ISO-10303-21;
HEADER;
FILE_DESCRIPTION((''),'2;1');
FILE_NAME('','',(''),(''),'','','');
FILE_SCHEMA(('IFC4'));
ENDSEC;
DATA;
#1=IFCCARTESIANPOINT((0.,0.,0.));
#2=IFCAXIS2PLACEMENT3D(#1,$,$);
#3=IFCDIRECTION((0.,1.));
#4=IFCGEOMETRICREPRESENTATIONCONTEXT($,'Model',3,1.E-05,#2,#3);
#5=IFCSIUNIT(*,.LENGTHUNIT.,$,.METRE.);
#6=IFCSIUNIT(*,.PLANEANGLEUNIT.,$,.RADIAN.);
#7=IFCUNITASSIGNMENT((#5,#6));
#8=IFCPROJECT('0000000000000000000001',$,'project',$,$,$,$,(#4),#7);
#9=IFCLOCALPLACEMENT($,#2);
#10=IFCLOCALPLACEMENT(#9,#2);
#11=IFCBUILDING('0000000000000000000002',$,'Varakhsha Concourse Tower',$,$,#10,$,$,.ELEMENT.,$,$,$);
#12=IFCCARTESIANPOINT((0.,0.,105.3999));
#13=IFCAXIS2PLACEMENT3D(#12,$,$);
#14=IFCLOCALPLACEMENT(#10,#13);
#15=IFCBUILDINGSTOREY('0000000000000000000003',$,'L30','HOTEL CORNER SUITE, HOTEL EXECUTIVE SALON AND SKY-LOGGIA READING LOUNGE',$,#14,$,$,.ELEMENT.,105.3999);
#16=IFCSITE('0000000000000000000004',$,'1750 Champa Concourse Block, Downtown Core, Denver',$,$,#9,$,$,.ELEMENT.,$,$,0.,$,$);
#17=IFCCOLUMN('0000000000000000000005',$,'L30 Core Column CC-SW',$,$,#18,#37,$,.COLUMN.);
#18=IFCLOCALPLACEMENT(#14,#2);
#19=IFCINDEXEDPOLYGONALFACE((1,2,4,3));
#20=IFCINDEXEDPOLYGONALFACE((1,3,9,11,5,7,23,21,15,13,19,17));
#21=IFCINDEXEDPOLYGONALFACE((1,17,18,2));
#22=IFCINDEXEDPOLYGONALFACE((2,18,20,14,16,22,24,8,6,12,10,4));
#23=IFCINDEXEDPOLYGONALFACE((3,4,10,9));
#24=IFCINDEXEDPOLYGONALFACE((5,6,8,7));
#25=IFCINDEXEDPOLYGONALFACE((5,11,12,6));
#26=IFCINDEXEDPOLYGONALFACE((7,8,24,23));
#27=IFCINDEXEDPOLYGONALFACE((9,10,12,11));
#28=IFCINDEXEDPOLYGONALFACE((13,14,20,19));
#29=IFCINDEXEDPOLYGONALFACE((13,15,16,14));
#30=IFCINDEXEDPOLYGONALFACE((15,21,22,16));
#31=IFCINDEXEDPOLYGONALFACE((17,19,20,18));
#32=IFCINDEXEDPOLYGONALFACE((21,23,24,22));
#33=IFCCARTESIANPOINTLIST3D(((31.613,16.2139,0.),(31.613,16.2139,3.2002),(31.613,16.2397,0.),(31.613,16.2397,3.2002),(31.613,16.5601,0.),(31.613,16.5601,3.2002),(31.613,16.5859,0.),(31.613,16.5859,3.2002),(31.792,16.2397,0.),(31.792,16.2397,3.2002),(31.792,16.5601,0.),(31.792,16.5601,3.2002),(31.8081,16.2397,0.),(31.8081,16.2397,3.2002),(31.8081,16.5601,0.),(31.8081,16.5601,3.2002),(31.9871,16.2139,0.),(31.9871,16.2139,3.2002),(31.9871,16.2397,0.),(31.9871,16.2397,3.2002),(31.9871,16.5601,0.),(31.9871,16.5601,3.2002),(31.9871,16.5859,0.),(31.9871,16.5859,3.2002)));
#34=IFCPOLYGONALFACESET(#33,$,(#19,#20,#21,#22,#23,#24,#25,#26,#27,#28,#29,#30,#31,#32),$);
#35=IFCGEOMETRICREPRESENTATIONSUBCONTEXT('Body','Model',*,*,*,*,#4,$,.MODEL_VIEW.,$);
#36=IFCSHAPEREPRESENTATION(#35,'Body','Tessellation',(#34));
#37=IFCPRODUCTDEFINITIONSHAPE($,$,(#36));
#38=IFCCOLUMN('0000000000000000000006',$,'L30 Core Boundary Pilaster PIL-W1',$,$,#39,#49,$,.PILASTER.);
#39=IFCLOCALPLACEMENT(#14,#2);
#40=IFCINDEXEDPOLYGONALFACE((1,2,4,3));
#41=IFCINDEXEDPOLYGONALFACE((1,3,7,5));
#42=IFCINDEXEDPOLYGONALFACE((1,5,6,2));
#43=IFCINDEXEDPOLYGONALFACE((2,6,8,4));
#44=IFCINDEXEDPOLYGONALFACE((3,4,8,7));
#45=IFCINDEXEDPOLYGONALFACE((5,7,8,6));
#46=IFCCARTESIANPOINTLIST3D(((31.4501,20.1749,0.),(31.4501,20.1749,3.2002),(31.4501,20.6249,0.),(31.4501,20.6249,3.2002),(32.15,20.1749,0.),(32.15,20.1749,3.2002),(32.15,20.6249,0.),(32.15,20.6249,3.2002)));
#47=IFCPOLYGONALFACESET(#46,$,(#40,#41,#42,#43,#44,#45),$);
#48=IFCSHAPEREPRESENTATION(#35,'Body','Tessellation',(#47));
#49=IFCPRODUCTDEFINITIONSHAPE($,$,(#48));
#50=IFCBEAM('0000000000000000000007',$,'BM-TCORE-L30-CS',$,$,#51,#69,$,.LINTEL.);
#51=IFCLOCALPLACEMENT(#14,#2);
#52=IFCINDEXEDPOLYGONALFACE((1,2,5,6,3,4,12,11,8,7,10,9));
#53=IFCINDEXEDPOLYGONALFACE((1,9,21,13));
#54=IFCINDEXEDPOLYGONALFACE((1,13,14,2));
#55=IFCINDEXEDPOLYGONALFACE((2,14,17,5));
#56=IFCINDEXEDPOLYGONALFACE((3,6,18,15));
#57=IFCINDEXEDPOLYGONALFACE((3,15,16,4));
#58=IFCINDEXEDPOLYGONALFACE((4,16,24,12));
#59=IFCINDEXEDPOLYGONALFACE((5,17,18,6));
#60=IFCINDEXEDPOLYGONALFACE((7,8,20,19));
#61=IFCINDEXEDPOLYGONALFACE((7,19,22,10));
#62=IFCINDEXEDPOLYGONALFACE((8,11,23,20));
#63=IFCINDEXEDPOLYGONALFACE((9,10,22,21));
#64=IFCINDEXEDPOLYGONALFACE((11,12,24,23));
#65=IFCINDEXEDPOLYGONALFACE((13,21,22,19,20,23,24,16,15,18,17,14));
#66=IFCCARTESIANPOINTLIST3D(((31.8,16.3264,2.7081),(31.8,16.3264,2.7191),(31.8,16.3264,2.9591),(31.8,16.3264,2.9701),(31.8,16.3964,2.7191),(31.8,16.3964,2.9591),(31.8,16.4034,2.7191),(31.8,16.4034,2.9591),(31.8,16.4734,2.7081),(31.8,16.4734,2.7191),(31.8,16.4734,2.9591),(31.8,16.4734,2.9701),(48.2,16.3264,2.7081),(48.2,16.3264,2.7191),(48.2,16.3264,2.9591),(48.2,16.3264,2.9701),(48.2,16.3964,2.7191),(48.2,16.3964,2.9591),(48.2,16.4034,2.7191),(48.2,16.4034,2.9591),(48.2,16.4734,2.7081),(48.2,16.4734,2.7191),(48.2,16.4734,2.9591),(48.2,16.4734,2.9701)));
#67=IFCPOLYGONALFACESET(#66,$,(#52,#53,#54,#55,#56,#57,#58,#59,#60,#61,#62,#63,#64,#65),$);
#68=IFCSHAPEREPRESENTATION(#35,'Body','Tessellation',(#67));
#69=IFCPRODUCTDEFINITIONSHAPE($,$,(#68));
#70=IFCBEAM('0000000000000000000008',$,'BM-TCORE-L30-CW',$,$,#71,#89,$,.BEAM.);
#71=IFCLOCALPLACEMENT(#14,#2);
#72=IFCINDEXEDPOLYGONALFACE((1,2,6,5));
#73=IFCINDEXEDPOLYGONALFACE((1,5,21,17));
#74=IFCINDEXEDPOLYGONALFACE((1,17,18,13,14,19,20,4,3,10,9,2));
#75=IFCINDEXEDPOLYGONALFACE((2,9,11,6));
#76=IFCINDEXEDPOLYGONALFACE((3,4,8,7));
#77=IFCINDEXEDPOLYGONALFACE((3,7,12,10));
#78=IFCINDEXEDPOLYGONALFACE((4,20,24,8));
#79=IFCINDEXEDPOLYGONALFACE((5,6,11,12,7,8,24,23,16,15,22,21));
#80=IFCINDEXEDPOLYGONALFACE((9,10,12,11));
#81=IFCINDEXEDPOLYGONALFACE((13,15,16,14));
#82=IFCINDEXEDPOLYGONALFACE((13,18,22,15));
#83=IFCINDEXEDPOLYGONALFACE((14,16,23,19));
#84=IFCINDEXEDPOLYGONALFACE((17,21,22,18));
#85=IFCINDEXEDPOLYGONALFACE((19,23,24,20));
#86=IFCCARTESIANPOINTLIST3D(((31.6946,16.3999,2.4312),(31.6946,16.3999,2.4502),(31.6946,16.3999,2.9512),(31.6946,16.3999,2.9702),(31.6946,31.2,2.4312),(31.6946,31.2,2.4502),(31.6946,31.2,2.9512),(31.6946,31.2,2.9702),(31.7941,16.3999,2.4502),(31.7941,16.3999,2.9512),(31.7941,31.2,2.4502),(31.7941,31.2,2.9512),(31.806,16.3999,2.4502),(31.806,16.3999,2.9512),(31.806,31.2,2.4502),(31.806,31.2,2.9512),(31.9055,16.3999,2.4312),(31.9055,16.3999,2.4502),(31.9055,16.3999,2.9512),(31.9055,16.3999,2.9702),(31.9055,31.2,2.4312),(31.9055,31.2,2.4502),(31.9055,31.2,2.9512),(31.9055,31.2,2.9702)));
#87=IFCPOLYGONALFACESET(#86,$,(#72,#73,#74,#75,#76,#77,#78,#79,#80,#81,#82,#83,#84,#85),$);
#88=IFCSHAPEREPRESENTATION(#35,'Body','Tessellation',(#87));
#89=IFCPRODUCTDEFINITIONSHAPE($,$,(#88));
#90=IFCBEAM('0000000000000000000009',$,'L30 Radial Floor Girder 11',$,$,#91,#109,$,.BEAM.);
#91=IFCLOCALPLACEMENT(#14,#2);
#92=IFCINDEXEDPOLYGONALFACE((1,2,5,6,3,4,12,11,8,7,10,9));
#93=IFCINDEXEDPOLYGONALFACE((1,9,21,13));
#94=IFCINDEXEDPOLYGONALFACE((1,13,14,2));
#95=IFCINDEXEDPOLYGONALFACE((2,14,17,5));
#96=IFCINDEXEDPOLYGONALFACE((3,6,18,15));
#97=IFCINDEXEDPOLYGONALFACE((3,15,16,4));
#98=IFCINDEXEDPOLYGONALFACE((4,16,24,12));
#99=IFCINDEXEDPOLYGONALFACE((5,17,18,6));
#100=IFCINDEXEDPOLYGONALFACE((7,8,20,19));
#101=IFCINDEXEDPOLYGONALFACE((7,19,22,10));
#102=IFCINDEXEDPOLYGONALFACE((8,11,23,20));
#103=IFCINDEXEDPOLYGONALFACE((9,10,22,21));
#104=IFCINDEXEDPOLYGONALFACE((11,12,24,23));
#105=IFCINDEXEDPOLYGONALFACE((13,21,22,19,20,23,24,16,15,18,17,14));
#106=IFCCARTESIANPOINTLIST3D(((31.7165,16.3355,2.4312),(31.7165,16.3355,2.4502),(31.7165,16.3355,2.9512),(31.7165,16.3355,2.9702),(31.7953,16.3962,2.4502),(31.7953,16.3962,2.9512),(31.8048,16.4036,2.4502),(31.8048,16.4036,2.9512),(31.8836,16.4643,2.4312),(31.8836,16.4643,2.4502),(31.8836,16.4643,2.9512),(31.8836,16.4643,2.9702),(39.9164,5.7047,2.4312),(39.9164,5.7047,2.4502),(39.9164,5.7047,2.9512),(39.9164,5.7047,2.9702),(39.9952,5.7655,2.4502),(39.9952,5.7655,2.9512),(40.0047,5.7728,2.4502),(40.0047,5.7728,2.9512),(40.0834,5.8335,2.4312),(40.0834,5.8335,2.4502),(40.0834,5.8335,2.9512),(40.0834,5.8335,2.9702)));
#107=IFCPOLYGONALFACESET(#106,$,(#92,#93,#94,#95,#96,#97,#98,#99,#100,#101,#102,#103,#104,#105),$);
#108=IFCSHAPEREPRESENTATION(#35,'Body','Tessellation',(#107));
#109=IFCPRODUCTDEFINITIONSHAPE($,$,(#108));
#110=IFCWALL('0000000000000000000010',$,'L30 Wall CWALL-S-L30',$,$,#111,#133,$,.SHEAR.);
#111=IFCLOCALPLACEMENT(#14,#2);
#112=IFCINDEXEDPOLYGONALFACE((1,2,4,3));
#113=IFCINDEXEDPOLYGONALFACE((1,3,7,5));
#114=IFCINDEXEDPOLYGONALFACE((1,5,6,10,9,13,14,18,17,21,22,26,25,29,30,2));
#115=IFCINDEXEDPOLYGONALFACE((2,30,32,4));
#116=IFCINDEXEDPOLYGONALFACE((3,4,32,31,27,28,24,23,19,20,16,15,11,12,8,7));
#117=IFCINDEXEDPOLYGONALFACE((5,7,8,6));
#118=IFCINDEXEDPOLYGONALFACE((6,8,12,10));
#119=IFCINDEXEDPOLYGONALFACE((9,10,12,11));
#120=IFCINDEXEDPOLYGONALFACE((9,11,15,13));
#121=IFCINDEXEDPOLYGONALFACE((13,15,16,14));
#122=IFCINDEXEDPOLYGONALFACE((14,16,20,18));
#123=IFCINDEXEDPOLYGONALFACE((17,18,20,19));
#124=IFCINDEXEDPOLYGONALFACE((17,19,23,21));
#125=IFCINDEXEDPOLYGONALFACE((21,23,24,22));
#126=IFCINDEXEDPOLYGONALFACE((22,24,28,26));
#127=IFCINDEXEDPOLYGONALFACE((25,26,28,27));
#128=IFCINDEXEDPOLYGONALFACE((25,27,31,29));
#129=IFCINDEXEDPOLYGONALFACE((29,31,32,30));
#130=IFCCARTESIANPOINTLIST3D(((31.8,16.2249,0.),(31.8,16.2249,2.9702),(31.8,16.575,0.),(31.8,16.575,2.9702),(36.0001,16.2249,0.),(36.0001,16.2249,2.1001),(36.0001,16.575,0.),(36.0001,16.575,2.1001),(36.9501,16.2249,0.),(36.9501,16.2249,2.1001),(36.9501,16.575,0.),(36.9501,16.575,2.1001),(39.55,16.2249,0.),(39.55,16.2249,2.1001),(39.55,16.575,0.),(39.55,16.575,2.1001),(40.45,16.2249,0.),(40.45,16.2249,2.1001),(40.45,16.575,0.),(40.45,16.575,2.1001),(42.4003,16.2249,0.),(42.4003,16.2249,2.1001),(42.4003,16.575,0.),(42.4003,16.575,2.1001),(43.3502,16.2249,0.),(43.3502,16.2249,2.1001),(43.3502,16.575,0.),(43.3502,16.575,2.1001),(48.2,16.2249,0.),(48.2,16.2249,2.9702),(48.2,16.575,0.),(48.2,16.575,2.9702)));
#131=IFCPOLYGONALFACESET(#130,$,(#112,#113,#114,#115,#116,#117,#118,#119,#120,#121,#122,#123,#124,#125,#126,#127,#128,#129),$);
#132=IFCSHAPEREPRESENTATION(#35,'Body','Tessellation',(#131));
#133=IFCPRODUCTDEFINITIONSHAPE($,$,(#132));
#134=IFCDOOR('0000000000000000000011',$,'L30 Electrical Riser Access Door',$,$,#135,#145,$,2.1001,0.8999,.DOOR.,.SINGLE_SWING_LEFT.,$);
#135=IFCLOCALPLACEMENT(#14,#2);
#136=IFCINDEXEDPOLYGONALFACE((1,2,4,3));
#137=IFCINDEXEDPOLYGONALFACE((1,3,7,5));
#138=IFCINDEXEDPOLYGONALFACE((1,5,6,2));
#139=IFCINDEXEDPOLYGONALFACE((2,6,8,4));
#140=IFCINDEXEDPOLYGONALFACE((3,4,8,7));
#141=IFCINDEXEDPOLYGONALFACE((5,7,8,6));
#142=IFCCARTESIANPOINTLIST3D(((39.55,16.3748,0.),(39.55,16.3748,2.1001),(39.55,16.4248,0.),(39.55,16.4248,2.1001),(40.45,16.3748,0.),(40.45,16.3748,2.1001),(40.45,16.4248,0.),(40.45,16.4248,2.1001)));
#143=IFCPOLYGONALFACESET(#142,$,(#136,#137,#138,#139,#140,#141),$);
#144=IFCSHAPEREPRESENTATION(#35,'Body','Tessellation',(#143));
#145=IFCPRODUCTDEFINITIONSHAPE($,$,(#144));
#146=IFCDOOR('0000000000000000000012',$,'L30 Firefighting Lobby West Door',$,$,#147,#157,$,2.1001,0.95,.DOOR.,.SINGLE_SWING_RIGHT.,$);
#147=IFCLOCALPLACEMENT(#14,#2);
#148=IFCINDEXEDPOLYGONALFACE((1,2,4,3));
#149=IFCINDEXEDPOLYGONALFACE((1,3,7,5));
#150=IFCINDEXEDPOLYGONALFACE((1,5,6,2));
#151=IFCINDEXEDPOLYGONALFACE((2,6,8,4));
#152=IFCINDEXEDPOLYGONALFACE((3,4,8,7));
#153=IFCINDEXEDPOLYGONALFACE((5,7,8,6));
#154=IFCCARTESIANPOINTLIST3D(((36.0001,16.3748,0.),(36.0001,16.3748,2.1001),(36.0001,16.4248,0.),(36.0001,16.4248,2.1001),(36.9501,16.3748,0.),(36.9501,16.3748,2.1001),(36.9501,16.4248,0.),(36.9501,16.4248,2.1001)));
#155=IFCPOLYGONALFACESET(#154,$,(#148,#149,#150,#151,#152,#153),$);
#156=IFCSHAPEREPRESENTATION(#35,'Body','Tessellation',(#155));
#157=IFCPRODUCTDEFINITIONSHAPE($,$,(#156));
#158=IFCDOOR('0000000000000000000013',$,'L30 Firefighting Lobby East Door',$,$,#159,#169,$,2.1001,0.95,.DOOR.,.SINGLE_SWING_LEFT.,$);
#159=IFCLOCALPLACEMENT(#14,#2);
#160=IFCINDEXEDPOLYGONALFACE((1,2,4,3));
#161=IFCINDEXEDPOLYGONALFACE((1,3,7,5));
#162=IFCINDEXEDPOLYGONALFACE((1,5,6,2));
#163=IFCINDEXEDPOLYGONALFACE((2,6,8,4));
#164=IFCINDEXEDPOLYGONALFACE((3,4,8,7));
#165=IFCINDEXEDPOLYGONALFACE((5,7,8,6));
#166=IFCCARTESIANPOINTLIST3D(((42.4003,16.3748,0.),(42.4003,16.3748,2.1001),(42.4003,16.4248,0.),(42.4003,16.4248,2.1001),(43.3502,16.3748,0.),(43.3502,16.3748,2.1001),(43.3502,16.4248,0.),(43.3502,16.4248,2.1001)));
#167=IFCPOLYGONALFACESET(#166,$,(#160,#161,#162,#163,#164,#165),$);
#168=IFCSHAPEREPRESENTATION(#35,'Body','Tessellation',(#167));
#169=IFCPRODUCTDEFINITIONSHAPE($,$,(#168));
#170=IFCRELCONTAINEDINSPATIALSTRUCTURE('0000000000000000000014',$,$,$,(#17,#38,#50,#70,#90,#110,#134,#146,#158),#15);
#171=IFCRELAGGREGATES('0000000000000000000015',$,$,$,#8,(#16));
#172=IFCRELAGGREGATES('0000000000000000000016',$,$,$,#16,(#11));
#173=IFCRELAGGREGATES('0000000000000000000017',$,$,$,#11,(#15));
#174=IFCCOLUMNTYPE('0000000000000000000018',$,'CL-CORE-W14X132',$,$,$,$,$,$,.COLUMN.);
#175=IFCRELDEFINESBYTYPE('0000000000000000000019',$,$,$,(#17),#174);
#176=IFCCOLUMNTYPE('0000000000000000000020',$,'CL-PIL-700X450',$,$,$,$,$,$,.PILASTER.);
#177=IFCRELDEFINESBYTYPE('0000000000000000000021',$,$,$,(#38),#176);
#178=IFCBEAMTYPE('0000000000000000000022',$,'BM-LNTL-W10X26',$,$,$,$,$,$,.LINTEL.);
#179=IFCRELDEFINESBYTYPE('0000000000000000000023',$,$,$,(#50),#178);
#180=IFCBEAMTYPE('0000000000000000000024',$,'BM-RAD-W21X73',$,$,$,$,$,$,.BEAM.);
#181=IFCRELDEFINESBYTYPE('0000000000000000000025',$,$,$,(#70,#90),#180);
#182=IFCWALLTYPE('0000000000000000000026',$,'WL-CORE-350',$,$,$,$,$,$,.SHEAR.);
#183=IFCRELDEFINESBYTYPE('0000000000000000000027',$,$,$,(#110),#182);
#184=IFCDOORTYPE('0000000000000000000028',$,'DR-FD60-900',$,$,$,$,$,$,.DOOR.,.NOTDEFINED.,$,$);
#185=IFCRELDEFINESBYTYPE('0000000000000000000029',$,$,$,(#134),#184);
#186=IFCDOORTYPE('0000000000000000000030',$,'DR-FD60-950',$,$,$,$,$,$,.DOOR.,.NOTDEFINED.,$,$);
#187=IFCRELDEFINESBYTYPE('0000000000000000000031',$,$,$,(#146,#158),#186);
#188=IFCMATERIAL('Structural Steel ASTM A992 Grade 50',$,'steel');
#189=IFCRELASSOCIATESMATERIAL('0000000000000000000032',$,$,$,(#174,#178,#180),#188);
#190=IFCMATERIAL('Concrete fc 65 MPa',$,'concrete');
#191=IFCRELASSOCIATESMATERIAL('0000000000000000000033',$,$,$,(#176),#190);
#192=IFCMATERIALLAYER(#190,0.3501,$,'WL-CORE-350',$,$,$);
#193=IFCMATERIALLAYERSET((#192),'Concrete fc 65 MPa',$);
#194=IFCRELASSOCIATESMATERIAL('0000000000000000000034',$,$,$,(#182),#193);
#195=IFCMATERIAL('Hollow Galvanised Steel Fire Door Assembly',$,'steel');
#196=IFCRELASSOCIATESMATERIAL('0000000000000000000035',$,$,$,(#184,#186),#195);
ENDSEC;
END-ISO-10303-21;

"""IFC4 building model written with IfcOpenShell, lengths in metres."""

from ifc_helpers import new_model, si_unit, direction, frame, frame_2d, origin, origin_2d, place, context, subcontext, project, spatial, rectangle, i_section, extrude, material, layer, layer_set, material_profile, profile_set, type_object, element, fill, save


model = new_model("IFC4")

# Units and contexts
model_context = context("Model", 3, precision=1e-05, world=origin(), true_north=direction((0.0, 1.0)))
body_context = subcontext(model_context, "Body", "Model", "MODEL_VIEW")
ifc_project = project(units=[si_unit("LENGTHUNIT", "METRE"), si_unit("PLANEANGLEUNIT", "RADIAN")], contexts=[model_context])

# Site, building, storey
site_placement = place(None, origin())
site = spatial("IfcSite", under=ifc_project, at=site_placement, Name="1750 Champa Concourse Block, Downtown Core, Denver", CompositionType="ELEMENT", RefElevation=0.0)
building_placement = place(site_placement, origin())
building = spatial("IfcBuilding", under=site, at=building_placement, Name="Varakhsha Concourse Tower", CompositionType="ELEMENT")
storey_placement = place(building_placement, frame((0.0, 0.0, 105.3999)))
storey = spatial("IfcBuildingStorey", under=building, at=storey_placement, Name="L30", Description="HOTEL CORNER SUITE, HOTEL EXECUTIVE SALON AND SKY-LOGGIA READING LOUNGE", CompositionType="ELEMENT", Elevation=105.3999)

# Columns
ifc_material_1 = material(Name="Structural Steel ASTM A992 Grade 50", Category="steel")
ifc_material_profile_1 = material_profile(ifc_material_1, i_section(OverallWidth=0.374, OverallDepth=0.3721, WebThickness=0.0161, FlangeThickness=0.0259, at=origin_2d()), Name="W14X132")
ifc_profile_set_1 = profile_set([ifc_material_profile_1], Name="Structural Steel ASTM A992 Grade 50")
column_type_1 = type_object("IfcColumnType", Name="CL-CORE-W14X132", PredefinedType="COLUMN", material=ifc_profile_set_1)
column_1_placement = place(storey_placement, frame((31.8, 16.3999, 0.0), z_axis=(0.0, 0.0, 1.0), x_axis=(1.0, 0.0, 0.0)))
element("IfcColumn", 1, at=column_1_placement, inside=storey, type_object=column_type_1, Name="L30 Core Column CC-SW", PredefinedType="COLUMN", context=body_context, shape_type="SweptSolid", body=[
    extrude(i_section(OverallWidth=0.374, OverallDepth=0.3721, WebThickness=0.0161, FlangeThickness=0.0259, at=origin_2d()), origin(), (0.0, 0.0, 1.0), 3.2002),
])
ifc_material_2 = material(Name="Concrete fc 65 MPa", Category="concrete")
ifc_material_profile_2 = material_profile(ifc_material_2, rectangle(XDim=0.7, YDim=0.45, at=origin_2d()), Name="RC 700x450")
ifc_profile_set_2 = profile_set([ifc_material_profile_2], Name="Concrete fc 65 MPa")
column_type_2 = type_object("IfcColumnType", Name="CL-PIL-700X450", PredefinedType="PILASTER", material=ifc_profile_set_2)
column_2_placement = place(storey_placement, frame((31.8, 20.3999, 0.0), z_axis=(0.0, 0.0, 1.0), x_axis=(1.0, 0.0, 0.0)))
element("IfcColumn", 2, at=column_2_placement, inside=storey, type_object=column_type_2, Name="L30 Core Boundary Pilaster PIL-W1", PredefinedType="PILASTER", context=body_context, shape_type="SweptSolid", body=[
    extrude(rectangle(XDim=0.7, YDim=0.45, at=origin_2d()), origin(), (0.0, 0.0, 1.0), 3.2002),
])

# Beams
ifc_material_profile_3 = material_profile(ifc_material_1, i_section(OverallWidth=0.147, OverallDepth=0.262, WebThickness=0.0071, FlangeThickness=0.011, at=origin_2d()), Name="W10X26")
ifc_profile_set_3 = profile_set([ifc_material_profile_3], Name="Structural Steel ASTM A992 Grade 50")
beam_type_1 = type_object("IfcBeamType", Name="BM-LNTL-W10X26", PredefinedType="LINTEL", material=ifc_profile_set_3)
beam_1_placement = place(storey_placement, frame((31.8, 16.3999, 2.8391), z_axis=(1.0, 0.0, 0.0), x_axis=(0.0, 1.0, 0.0)))
element("IfcBeam", 3, at=beam_1_placement, inside=storey, type_object=beam_type_1, Name="BM-TCORE-L30-CS", PredefinedType="LINTEL", context=body_context, shape_type="SweptSolid", body=[
    extrude(i_section(OverallWidth=0.147, OverallDepth=0.262, WebThickness=0.0071, FlangeThickness=0.011, at=origin_2d()), origin(), (0.0, 0.0, 1.0), 16.3999),
])
ifc_material_profile_4 = material_profile(ifc_material_1, i_section(OverallWidth=0.2109, OverallDepth=0.5391, WebThickness=0.012, FlangeThickness=0.019, at=origin_2d()), Name="W21X73")
ifc_profile_set_4 = profile_set([ifc_material_profile_4], Name="Structural Steel ASTM A992 Grade 50")
beam_type_2 = type_object("IfcBeamType", Name="BM-RAD-W21X73", PredefinedType="BEAM", material=ifc_profile_set_4)
beam_2_placement = place(storey_placement, frame((31.8, 16.3999, 2.7007), z_axis=(0.0, 1.0, 0.0), x_axis=(-1.0, 0.0, 0.0)))
element("IfcBeam", 4, at=beam_2_placement, inside=storey, type_object=beam_type_2, Name="BM-TCORE-L30-CW", PredefinedType="BEAM", context=body_context, shape_type="SweptSolid", body=[
    extrude(i_section(OverallWidth=0.2109, OverallDepth=0.5391, WebThickness=0.012, FlangeThickness=0.019, at=origin_2d()), origin(), (0.0, 0.0, 1.0), 14.8),
])
beam_3_placement = place(storey_placement, frame((31.8, 16.3999, 2.7007), z_axis=(0.610757, -0.791818, 0.0), x_axis=(0.791818, 0.610757, 0.0)))
element("IfcBeam", 5, at=beam_3_placement, inside=storey, type_object=beam_type_2, Name="L30 Radial Floor Girder 11", PredefinedType="BEAM", context=body_context, shape_type="SweptSolid", body=[
    extrude(i_section(OverallWidth=0.2109, OverallDepth=0.5391, WebThickness=0.012, FlangeThickness=0.019, at=origin_2d()), origin(), (0.0, 0.0, 1.0), 13.4258),
])

# Wall, openings, doors
ifc_layer_1 = layer(ifc_material_2, 0.3501, Name="WL-CORE-350")
ifc_layer_set_1 = layer_set([ifc_layer_1], Name="Concrete fc 65 MPa")
wall_type_1 = type_object("IfcWallType", Name="WL-CORE-350", PredefinedType="SHEAR", material=ifc_layer_set_1)
wall_1_placement = place(storey_placement, frame((31.8, 16.3999, 0.0), z_axis=(0.0, 0.0, 1.0), x_axis=(1.0, 0.0, 0.0)))
wall_1 = element("IfcWall", 6, at=wall_1_placement, inside=storey, type_object=wall_type_1, Name="L30 Wall CWALL-S-L30", PredefinedType="SHEAR", context=body_context, shape_type="SweptSolid", body=[
    extrude(rectangle(XDim=16.3999, YDim=0.3501, at=frame_2d((8.2, 0.0))), origin(), (0.0, 0.0, 1.0), 2.9702),
])
opening_1_placement = place(wall_1_placement, frame((7.75, 0.0, 0.0)))
opening_1 = element("IfcOpeningElement", 7, at=opening_1_placement, cuts=wall_1, PredefinedType="OPENING", context=body_context, shape_type="SweptSolid", body=[
    extrude(rectangle(XDim=0.8999, YDim=2.1001, at=frame_2d((0.45, 1.05))), frame((0.0, 0.1851, 0.0), z_axis=(0.0, -1.0, 0.0), x_axis=(1.0, 0.0, 0.0)), (0.0, 0.0, 1.0), 0.3701),
])
opening_2_placement = place(wall_1_placement, frame((4.2, 0.0, 0.0)))
opening_2 = element("IfcOpeningElement", 8, at=opening_2_placement, cuts=wall_1, PredefinedType="OPENING", context=body_context, shape_type="SweptSolid", body=[
    extrude(rectangle(XDim=0.95, YDim=2.1001, at=frame_2d((0.4751, 1.05))), frame((0.0, 0.1851, 0.0), z_axis=(0.0, -1.0, 0.0), x_axis=(1.0, 0.0, 0.0)), (0.0, 0.0, 1.0), 0.3701),
])
opening_3_placement = place(wall_1_placement, frame((10.6001, 0.0, 0.0)))
opening_3 = element("IfcOpeningElement", 9, at=opening_3_placement, cuts=wall_1, PredefinedType="OPENING", context=body_context, shape_type="SweptSolid", body=[
    extrude(rectangle(XDim=0.95, YDim=2.1001, at=frame_2d((0.4751, 1.05))), frame((0.0, 0.1851, 0.0), z_axis=(0.0, -1.0, 0.0), x_axis=(1.0, 0.0, 0.0)), (0.0, 0.0, 1.0), 0.3701),
])
ifc_material_3 = material(Name="Hollow Galvanised Steel Fire Door Assembly", Category="steel")
door_type_1 = type_object("IfcDoorType", Name="DR-FD60-900", OperationType="NOTDEFINED", PredefinedType="DOOR", material=ifc_material_3)
door_1_placement = place(opening_1_placement, origin())
door_1 = element("IfcDoor", 10, at=door_1_placement, inside=storey, type_object=door_type_1, Name="L30 Electrical Riser Access Door", OperationType="SINGLE_SWING_LEFT", OverallHeight=2.1001, OverallWidth=0.8999, PredefinedType="DOOR", context=body_context, shape_type="SweptSolid", body=[
    extrude(rectangle(XDim=0.8999, YDim=2.1001, at=frame_2d((0.45, 1.05))), frame((0.0, 0.0249, 0.0), z_axis=(0.0, -1.0, 0.0), x_axis=(1.0, 0.0, 0.0)), (0.0, 0.0, 1.0), 0.05),
])
fill(opening_1, door_1)
door_type_2 = type_object("IfcDoorType", Name="DR-FD60-950", OperationType="NOTDEFINED", PredefinedType="DOOR", material=ifc_material_3)
door_2_placement = place(opening_2_placement, origin())
door_2 = element("IfcDoor", 11, at=door_2_placement, inside=storey, type_object=door_type_2, Name="L30 Firefighting Lobby West Door", OperationType="SINGLE_SWING_RIGHT", OverallHeight=2.1001, OverallWidth=0.95, PredefinedType="DOOR", context=body_context, shape_type="SweptSolid", body=[
    extrude(rectangle(XDim=0.95, YDim=2.1001, at=frame_2d((0.4751, 1.05))), frame((0.0, 0.0249, 0.0), z_axis=(0.0, -1.0, 0.0), x_axis=(1.0, 0.0, 0.0)), (0.0, 0.0, 1.0), 0.05),
])
fill(opening_2, door_2)
door_3_placement = place(opening_3_placement, origin())
door_3 = element("IfcDoor", 12, at=door_3_placement, inside=storey, type_object=door_type_2, Name="L30 Firefighting Lobby East Door", OperationType="SINGLE_SWING_LEFT", OverallHeight=2.1001, OverallWidth=0.95, PredefinedType="DOOR", context=body_context, shape_type="SweptSolid", body=[
    extrude(rectangle(XDim=0.95, YDim=2.1001, at=frame_2d((0.4751, 1.05))), frame((0.0, 0.0249, 0.0), z_axis=(0.0, -1.0, 0.0), x_axis=(1.0, 0.0, 0.0)), (0.0, 0.0, 1.0), 0.05),
])
fill(opening_3, door_3)

save(model, "model.ifc")
